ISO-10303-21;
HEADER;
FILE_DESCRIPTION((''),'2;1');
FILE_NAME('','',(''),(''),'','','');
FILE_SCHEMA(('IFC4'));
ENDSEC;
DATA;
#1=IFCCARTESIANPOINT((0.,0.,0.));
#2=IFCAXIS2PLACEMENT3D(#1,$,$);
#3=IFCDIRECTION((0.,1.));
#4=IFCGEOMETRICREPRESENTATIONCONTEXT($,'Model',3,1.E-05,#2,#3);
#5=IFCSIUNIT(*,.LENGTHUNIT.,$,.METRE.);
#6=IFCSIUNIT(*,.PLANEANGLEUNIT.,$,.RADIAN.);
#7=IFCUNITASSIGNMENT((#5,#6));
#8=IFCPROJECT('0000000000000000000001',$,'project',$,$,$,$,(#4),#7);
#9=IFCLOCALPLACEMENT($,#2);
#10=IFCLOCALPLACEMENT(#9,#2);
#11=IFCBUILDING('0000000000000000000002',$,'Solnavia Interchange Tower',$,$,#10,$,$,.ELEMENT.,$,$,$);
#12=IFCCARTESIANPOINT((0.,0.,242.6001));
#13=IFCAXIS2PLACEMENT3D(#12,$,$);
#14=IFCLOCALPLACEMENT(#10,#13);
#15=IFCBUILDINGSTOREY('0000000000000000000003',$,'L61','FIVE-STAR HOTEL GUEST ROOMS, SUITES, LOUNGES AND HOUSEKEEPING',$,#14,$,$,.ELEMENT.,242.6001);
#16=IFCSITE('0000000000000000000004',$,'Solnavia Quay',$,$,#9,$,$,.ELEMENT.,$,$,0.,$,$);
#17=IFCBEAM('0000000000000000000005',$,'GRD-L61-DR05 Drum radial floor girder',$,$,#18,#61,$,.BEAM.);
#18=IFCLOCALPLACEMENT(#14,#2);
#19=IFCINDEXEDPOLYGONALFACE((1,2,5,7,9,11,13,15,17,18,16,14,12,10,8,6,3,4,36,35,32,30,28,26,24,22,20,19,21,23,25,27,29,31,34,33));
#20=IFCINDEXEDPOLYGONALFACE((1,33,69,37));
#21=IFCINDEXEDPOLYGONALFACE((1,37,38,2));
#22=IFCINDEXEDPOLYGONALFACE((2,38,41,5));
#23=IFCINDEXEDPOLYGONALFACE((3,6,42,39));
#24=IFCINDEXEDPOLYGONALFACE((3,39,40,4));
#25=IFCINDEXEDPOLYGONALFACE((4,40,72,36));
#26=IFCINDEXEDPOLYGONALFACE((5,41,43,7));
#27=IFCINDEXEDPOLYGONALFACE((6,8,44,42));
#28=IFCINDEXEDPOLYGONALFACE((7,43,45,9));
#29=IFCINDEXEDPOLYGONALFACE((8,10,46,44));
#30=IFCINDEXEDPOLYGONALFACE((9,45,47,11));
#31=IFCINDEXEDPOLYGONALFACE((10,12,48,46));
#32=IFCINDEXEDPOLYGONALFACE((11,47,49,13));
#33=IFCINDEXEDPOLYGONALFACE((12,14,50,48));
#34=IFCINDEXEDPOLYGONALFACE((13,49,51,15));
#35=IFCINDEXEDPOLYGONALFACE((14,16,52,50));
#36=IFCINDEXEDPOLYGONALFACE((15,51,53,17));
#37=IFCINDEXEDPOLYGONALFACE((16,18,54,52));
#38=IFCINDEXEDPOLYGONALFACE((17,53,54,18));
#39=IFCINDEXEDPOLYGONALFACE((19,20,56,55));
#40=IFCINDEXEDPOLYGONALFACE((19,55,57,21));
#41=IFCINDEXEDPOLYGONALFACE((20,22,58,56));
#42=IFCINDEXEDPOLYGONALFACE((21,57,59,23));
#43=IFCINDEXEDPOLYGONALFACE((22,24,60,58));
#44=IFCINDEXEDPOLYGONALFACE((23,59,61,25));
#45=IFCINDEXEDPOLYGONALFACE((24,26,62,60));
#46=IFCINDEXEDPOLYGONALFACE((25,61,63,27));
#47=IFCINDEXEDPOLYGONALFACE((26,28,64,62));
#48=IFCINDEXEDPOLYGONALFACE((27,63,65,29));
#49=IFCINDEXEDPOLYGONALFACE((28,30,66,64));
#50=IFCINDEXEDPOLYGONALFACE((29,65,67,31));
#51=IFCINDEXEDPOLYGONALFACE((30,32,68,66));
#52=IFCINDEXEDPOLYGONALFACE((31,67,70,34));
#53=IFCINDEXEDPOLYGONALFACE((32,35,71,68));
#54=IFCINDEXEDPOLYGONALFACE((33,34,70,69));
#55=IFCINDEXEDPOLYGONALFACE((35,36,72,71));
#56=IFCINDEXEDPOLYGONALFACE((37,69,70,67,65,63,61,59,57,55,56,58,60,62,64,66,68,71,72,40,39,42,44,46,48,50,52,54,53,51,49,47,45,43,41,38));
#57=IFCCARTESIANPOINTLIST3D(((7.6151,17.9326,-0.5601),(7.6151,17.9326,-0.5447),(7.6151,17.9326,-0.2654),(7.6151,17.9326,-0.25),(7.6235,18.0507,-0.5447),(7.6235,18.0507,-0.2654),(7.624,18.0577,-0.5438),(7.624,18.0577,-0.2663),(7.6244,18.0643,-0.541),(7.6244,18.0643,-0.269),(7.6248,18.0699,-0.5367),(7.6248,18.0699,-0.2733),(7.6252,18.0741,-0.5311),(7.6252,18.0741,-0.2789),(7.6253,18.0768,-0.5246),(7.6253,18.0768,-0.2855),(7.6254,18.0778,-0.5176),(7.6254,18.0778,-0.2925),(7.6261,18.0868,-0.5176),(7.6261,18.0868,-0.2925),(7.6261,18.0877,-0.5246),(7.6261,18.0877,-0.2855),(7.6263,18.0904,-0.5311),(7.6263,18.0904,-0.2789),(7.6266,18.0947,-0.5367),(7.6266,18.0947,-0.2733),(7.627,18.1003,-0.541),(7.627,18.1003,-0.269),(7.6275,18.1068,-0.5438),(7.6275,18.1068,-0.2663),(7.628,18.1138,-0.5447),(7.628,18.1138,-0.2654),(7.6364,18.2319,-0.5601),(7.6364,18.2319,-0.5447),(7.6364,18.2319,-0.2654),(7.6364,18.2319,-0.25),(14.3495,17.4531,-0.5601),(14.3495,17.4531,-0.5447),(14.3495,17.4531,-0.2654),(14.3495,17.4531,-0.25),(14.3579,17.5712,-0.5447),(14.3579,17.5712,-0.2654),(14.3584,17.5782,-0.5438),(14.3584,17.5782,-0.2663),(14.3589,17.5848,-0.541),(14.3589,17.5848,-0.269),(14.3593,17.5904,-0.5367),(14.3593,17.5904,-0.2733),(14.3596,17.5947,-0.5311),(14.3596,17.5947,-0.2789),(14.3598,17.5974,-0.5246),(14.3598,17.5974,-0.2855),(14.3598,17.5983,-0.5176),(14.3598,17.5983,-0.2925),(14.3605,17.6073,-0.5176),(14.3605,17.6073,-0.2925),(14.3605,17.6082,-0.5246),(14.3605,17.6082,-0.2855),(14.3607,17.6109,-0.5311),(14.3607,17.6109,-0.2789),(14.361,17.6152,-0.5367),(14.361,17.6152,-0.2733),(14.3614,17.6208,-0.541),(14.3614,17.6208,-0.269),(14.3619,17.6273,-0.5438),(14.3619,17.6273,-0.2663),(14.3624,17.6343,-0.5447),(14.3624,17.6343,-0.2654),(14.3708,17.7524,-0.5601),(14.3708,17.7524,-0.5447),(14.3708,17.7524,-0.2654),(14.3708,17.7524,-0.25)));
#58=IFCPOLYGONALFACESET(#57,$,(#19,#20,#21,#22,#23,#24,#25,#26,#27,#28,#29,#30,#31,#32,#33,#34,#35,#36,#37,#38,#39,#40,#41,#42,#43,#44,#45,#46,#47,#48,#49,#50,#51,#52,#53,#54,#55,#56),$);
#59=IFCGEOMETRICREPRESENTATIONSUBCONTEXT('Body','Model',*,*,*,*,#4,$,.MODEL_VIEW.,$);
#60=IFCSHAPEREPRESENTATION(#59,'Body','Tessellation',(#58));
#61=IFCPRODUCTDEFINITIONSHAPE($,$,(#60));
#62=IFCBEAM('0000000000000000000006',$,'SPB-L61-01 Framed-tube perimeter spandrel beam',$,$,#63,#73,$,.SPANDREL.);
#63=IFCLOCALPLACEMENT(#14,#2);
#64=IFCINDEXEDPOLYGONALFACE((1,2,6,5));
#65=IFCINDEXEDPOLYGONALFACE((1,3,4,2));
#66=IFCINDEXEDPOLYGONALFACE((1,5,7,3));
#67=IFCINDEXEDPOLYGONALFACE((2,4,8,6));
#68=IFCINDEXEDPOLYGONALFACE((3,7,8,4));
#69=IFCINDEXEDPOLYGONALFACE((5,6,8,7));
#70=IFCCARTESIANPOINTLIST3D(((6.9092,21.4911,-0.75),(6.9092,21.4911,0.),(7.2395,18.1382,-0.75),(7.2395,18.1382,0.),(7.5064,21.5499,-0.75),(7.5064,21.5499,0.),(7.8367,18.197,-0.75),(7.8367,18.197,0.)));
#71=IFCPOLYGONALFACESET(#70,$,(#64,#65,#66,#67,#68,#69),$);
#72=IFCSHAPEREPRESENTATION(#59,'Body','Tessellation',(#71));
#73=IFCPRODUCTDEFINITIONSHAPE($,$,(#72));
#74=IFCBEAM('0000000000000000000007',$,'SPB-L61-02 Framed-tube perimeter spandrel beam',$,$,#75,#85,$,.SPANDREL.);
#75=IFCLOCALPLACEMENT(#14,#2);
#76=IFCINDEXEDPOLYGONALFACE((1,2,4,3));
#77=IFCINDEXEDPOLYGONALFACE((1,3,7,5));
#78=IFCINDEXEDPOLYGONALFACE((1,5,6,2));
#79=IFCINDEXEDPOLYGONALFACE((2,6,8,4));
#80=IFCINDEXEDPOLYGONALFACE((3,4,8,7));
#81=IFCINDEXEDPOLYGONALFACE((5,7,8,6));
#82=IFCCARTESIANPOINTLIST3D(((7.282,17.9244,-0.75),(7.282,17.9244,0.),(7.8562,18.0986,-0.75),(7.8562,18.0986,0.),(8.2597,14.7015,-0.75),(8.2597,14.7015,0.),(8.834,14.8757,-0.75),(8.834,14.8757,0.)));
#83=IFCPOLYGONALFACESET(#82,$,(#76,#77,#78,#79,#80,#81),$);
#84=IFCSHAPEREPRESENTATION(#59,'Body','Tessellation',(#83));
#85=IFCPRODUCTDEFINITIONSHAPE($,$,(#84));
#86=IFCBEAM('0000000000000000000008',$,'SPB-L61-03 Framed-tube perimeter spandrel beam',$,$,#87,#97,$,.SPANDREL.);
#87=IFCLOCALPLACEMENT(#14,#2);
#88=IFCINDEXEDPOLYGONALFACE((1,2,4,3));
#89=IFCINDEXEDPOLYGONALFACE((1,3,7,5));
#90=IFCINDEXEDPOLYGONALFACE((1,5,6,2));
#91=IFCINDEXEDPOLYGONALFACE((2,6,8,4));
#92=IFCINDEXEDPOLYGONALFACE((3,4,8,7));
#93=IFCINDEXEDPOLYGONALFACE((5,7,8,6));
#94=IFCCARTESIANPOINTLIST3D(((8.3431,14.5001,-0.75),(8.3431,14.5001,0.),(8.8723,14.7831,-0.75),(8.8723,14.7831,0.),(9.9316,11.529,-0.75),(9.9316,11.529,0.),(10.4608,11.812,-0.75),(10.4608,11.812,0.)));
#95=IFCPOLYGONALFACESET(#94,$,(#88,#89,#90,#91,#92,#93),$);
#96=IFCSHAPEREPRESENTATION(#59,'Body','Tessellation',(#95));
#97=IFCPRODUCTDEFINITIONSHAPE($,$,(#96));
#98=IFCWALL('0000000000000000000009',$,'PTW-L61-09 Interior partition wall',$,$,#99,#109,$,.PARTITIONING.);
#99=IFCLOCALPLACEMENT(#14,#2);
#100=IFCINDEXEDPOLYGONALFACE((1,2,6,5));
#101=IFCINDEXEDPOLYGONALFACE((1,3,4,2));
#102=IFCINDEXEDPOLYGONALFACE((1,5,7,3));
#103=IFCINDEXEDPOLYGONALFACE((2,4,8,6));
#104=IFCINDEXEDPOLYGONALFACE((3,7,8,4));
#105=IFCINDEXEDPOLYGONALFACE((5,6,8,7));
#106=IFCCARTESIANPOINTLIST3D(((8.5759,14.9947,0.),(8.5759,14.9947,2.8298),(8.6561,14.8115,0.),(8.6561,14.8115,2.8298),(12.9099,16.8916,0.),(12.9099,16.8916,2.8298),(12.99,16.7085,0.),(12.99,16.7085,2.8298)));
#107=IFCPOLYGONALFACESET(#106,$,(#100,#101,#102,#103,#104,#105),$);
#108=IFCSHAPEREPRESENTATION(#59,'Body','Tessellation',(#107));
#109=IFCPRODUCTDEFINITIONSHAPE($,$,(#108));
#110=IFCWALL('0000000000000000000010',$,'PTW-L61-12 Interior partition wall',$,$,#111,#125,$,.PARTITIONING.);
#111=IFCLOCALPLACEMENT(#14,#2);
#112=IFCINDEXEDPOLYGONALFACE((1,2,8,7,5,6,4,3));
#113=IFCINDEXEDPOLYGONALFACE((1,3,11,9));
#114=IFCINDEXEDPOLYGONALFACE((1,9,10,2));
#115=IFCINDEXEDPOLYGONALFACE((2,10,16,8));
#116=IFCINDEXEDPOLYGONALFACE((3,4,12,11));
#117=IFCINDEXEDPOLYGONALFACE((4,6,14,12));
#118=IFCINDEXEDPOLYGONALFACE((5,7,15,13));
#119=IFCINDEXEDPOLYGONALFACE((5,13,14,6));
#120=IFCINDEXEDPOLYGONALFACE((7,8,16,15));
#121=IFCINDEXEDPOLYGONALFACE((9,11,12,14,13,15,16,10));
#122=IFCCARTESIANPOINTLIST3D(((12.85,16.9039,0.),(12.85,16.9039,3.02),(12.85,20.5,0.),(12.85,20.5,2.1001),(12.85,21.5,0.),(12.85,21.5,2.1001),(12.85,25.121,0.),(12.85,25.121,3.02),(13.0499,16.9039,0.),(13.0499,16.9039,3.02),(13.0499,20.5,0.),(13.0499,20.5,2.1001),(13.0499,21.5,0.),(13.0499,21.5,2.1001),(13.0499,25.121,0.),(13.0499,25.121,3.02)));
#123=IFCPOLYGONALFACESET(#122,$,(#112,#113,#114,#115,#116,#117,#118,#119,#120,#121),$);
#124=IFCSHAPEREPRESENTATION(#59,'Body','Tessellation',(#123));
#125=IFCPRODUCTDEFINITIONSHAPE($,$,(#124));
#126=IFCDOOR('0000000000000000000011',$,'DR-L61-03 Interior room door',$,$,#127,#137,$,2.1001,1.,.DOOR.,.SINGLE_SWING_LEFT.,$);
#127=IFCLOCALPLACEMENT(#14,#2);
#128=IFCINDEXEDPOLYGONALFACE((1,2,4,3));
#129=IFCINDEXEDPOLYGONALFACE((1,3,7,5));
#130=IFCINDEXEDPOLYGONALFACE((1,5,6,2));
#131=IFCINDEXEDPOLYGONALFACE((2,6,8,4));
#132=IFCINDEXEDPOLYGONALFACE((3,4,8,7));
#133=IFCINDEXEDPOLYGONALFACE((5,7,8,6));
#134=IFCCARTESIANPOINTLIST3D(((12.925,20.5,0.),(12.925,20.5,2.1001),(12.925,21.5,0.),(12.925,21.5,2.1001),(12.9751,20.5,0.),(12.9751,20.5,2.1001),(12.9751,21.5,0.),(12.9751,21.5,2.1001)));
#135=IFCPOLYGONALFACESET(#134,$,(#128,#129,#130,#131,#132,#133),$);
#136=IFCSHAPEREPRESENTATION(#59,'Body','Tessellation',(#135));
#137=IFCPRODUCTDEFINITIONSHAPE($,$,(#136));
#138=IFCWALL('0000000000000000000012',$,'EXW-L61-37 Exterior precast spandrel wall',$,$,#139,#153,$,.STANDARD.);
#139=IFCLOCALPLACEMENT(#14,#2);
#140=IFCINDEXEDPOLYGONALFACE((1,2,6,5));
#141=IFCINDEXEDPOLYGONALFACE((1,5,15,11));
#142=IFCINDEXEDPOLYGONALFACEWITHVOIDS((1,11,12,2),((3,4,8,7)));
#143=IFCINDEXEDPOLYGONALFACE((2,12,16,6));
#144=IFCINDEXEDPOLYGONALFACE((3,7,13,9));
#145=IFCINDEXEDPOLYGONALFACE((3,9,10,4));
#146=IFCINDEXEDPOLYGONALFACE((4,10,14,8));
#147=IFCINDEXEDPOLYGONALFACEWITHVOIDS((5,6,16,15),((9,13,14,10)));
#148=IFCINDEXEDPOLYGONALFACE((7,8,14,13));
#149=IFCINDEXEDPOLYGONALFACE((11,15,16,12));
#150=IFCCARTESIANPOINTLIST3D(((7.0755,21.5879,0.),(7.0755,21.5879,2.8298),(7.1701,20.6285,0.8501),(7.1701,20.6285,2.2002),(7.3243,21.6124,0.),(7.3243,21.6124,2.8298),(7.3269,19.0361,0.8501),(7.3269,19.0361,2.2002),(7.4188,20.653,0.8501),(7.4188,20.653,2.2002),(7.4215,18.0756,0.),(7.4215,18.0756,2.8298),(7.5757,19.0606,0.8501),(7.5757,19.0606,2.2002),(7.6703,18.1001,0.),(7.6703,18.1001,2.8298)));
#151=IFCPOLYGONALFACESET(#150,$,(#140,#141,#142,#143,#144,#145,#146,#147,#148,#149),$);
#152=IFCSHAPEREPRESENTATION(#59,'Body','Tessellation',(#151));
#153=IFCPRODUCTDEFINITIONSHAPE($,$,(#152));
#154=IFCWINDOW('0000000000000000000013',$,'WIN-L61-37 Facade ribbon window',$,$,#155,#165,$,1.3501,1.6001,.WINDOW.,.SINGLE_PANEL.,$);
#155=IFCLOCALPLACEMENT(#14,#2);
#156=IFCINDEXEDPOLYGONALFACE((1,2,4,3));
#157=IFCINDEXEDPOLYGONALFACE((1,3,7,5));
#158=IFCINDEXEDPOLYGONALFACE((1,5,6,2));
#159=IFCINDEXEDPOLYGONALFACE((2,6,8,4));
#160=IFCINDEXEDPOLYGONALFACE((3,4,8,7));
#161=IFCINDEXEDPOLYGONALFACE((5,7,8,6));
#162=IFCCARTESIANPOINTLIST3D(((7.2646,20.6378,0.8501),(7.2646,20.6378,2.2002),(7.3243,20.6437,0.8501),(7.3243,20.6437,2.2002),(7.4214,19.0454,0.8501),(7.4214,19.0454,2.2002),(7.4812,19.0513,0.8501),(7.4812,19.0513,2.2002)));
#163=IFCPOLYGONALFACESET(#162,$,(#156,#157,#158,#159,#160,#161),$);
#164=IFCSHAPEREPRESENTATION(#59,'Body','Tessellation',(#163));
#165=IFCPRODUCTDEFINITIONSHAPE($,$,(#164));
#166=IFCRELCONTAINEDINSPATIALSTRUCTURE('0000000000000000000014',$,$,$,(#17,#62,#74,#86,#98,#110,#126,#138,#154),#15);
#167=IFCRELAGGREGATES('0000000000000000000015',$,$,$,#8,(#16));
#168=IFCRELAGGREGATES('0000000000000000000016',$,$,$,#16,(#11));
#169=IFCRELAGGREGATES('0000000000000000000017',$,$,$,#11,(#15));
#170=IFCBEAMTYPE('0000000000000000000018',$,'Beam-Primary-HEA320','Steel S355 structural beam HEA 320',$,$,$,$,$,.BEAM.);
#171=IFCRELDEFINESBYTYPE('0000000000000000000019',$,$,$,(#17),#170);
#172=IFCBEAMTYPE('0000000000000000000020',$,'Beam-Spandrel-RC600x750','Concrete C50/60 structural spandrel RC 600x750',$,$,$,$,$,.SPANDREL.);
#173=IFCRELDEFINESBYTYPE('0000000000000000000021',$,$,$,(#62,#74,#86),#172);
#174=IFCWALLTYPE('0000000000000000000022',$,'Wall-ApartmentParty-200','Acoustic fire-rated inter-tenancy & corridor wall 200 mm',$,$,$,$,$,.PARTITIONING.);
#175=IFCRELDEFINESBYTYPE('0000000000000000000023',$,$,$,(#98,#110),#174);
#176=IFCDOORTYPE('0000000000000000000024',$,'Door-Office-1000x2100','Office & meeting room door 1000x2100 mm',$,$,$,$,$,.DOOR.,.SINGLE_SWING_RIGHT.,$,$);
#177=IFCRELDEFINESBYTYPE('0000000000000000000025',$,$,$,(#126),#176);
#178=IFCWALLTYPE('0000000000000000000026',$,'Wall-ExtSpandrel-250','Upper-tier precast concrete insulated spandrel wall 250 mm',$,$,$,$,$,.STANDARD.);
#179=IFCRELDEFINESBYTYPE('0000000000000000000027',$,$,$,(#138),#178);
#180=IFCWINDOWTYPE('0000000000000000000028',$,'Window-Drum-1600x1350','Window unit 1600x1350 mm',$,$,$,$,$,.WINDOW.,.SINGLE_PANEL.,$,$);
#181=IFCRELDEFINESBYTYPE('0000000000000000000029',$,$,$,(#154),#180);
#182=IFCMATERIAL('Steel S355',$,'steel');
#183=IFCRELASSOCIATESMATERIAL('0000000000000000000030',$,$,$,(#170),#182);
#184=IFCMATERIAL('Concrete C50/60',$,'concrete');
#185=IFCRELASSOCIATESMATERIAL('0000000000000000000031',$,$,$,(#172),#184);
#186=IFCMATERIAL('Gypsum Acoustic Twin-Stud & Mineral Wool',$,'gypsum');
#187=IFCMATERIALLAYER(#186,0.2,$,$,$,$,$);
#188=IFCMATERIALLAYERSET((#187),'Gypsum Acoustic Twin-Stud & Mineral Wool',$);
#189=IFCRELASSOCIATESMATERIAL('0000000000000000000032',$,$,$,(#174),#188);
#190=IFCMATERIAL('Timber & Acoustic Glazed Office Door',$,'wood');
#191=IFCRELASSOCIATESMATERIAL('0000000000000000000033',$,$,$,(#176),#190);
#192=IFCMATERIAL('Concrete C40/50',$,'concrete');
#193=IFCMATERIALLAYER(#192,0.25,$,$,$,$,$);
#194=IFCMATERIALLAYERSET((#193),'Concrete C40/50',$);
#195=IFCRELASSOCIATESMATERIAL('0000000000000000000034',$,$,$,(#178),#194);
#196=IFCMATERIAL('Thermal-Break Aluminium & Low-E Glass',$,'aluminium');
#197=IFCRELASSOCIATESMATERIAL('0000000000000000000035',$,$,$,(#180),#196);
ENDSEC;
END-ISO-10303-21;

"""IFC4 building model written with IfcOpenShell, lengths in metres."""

from ifc_helpers import new_model, si_unit, direction, frame, frame_2d, origin, origin_2d, place, context, subcontext, project, spatial, rectangle, i_section, extrude, material, layer, layer_set, material_profile, profile_set, type_object, element, fill, save


model = new_model("IFC4")

# Units and contexts
model_context = context("Model", 3, precision=1e-05, world=origin(), true_north=direction((0.0, 1.0)))
body_context = subcontext(model_context, "Body", "Model", "MODEL_VIEW")
ifc_project = project(units=[si_unit("LENGTHUNIT", "METRE"), si_unit("PLANEANGLEUNIT", "RADIAN")], contexts=[model_context])

# Site, building, storey
site_placement = place(None, origin())
site = spatial("IfcSite", under=ifc_project, at=site_placement, Name="Solnavia Quay", CompositionType="ELEMENT", RefElevation=0.0)
building_placement = place(site_placement, origin())
building = spatial("IfcBuilding", under=site, at=building_placement, Name="Solnavia Interchange Tower", CompositionType="ELEMENT")
storey_placement = place(building_placement, frame((0.0, 0.0, 242.6001)))
storey = spatial("IfcBuildingStorey", under=building, at=storey_placement, Name="L61", Description="FIVE-STAR HOTEL GUEST ROOMS, SUITES, LOUNGES AND HOUSEKEEPING", CompositionType="ELEMENT", Elevation=242.6001)

# Shared definitions
ifc_material_1 = material(Name="Concrete C50/60", Category="concrete")

# Beams
ifc_material_2 = material(Name="Steel S355", Category="steel")
ifc_material_profile_1 = material_profile(ifc_material_2, i_section(OverallWidth=0.3, OverallDepth=0.3101, WebThickness=0.009, FlangeThickness=0.0154, FilletRadius=0.0271, at=origin_2d()), Name="HEA 320")
ifc_profile_set_1 = profile_set([ifc_material_profile_1], Name="Steel S355")
beam_type_1 = type_object("IfcBeamType", Name="Beam-Primary-HEA320", Description="Steel S355 structural beam HEA 320", PredefinedType="BEAM", material=ifc_profile_set_1)
beam_1_placement = place(storey_placement, frame((7.6257, 18.0823, -0.405), z_axis=(0.997475, -0.071021, 0.0), x_axis=(0.071021, 0.997475, 0.0)))
element("IfcBeam", 1, at=beam_1_placement, inside=storey, type_object=beam_type_1, Name="GRD-L61-DR05 Drum radial floor girder", PredefinedType="BEAM", context=body_context, shape_type="SweptSolid", body=[
    extrude(i_section(OverallWidth=0.3, OverallDepth=0.3101, WebThickness=0.009, FlangeThickness=0.0154, FilletRadius=0.0271, at=origin_2d()), origin(), (0.0, 0.0, 1.0), 6.7515),
])
ifc_material_profile_2 = material_profile(ifc_material_1, rectangle(XDim=0.6001, YDim=0.75, at=origin_2d()), Name="RC 600x750")
ifc_profile_set_2 = profile_set([ifc_material_profile_2], Name="Concrete C50/60")
beam_type_2 = type_object("IfcBeamType", Name="Beam-Spandrel-RC600x750", Description="Concrete C50/60 structural spandrel RC 600x750", PredefinedType="SPANDREL", material=ifc_profile_set_2)
beam_2_placement = place(storey_placement, frame((7.2078, 21.5205, -0.375), z_axis=(0.09804, -0.995182, 0.0), x_axis=(0.995182, 0.09804, 0.0)))
element("IfcBeam", 2, at=beam_2_placement, inside=storey, type_object=beam_type_2, Name="SPB-L61-01 Framed-tube perimeter spandrel beam", PredefinedType="SPANDREL", context=body_context, shape_type="SweptSolid", body=[
    extrude(rectangle(XDim=0.6001, YDim=0.75, at=origin_2d()), origin(), (0.0, 0.0, 1.0), 3.3691),
])
beam_3_placement = place(storey_placement, frame((7.5691, 18.0115, -0.375), z_axis=(0.290319, -0.95693, 0.0), x_axis=(0.95693, 0.290319, 0.0)))
element("IfcBeam", 3, at=beam_3_placement, inside=storey, type_object=beam_type_2, Name="SPB-L61-02 Framed-tube perimeter spandrel beam", PredefinedType="SPANDREL", context=body_context, shape_type="SweptSolid", body=[
    extrude(rectangle(XDim=0.6001, YDim=0.75, at=origin_2d()), origin(), (0.0, 0.0, 1.0), 3.3679),
])
beam_4_placement = place(storey_placement, frame((8.6077, 14.6416, -0.375), z_axis=(0.471509, -0.881861, 0.0), x_axis=(0.881861, 0.471509, 0.0)))
element("IfcBeam", 4, at=beam_4_placement, inside=storey, type_object=beam_type_2, Name="SPB-L61-03 Framed-tube perimeter spandrel beam", PredefinedType="SPANDREL", context=body_context, shape_type="SweptSolid", body=[
    extrude(rectangle(XDim=0.6001, YDim=0.75, at=origin_2d()), origin(), (0.0, 0.0, 1.0), 3.3691),
])

# Wall
ifc_material_3 = material(Name="Gypsum Acoustic Twin-Stud & Mineral Wool", Category="gypsum")
ifc_layer_1 = layer(ifc_material_3, 0.2)
ifc_layer_set_1 = layer_set([ifc_layer_1], Name="Gypsum Acoustic Twin-Stud & Mineral Wool")
wall_type_1 = type_object("IfcWallType", Name="Wall-ApartmentParty-200", Description="Acoustic fire-rated inter-tenancy & corridor wall 200 mm", PredefinedType="PARTITIONING", material=ifc_layer_set_1)
wall_1_placement = place(storey_placement, frame((12.95, 16.8, 0.0), z_axis=(0.0, 0.0, 1.0), x_axis=(-0.916091, -0.40097, 0.0)))
element("IfcWall", 5, at=wall_1_placement, inside=storey, type_object=wall_type_1, Name="PTW-L61-09 Interior partition wall", PredefinedType="PARTITIONING", context=body_context, shape_type="SweptSolid", body=[
    extrude(rectangle(XDim=4.731, YDim=0.2, at=frame_2d((2.3655, 0.0))), origin(), (0.0, 0.0, 1.0), 2.8298),
])

# Wall, opening, door
wall_2_placement = place(storey_placement, frame((12.95, 16.9041, 0.0), z_axis=(0.0, 0.0, 1.0), x_axis=(0.0, 1.0, 0.0)))
wall_2 = element("IfcWall", 6, at=wall_2_placement, inside=storey, type_object=wall_type_1, Name="PTW-L61-12 Interior partition wall", PredefinedType="PARTITIONING", context=body_context, shape_type="SweptSolid", body=[
    extrude(rectangle(XDim=8.217, YDim=0.2, at=frame_2d((4.1084, 0.0))), origin(), (0.0, 0.0, 1.0), 3.02),
])
opening_1_placement = place(wall_2_placement, frame((3.5959, 0.0, 0.0)))
opening_1 = element("IfcOpeningElement", 7, at=opening_1_placement, cuts=wall_2, PredefinedType="OPENING", context=body_context, shape_type="SweptSolid", body=[
    extrude(rectangle(XDim=1.0, YDim=2.1001, at=frame_2d((0.5, 1.05))), frame((0.0, 0.1099, 0.0), z_axis=(0.0, -1.0, 0.0), x_axis=(1.0, 0.0, 0.0)), (0.0, 0.0, 1.0), 0.22),
])
ifc_material_4 = material(Name="Timber & Acoustic Glazed Office Door", Category="wood")
door_type = type_object("IfcDoorType", Name="Door-Office-1000x2100", Description="Office & meeting room door 1000x2100 mm", OperationType="SINGLE_SWING_RIGHT", PredefinedType="DOOR", material=ifc_material_4)
door_placement = place(opening_1_placement, origin())
door = element("IfcDoor", 8, at=door_placement, inside=storey, type_object=door_type, Name="DR-L61-03 Interior room door", OperationType="SINGLE_SWING_LEFT", OverallHeight=2.1001, OverallWidth=1.0, PredefinedType="DOOR", context=body_context, shape_type="SweptSolid", body=[
    extrude(rectangle(XDim=1.0, YDim=2.1001, at=frame_2d((0.5, 1.05))), frame((0.0, 0.0249, 0.0), z_axis=(0.0, -1.0, 0.0), x_axis=(1.0, 0.0, 0.0)), (0.0, 0.0, 1.0), 0.05),
])
fill(opening_1, door)

# Wall, opening, window
ifc_material_5 = material(Name="Concrete C40/50", Category="concrete")
ifc_layer_2 = layer(ifc_material_5, 0.25)
ifc_layer_set_2 = layer_set([ifc_layer_2], Name="Concrete C40/50")
wall_type_2 = type_object("IfcWallType", Name="Wall-ExtSpandrel-250", Description="Upper-tier precast concrete insulated spandrel wall 250 mm", PredefinedType="STANDARD", material=ifc_layer_set_2)
wall_3_placement = place(storey_placement, frame((7.5459, 18.0879, 0.0), z_axis=(0.0, 0.0, 1.0), x_axis=(-0.098024, 0.995184, 0.0)))
wall_3 = element("IfcWall", 9, at=wall_3_placement, inside=storey, type_object=wall_type_2, Name="EXW-L61-37 Exterior precast spandrel wall", PredefinedType="STANDARD", context=body_context, shape_type="SweptSolid", body=[
    extrude(rectangle(XDim=3.5293, YDim=0.25, at=frame_2d((1.7646, 0.0))), origin(), (0.0, 0.0, 1.0), 2.8298),
])
opening_2_placement = place(wall_3_placement, frame((0.9651, 0.0, 0.8501)))
opening_2 = element("IfcOpeningElement", 10, at=opening_2_placement, cuts=wall_3, PredefinedType="OPENING", context=body_context, shape_type="SweptSolid", body=[
    extrude(rectangle(XDim=1.6001, YDim=1.3501, at=frame_2d((0.8, 0.675))), frame((0.0, 0.135, 0.0), z_axis=(0.0, -1.0, 0.0), x_axis=(1.0, 0.0, 0.0)), (0.0, 0.0, 1.0), 0.27),
])
ifc_material_6 = material(Name="Thermal-Break Aluminium & Low-E Glass", Category="aluminium")
window_type = type_object("IfcWindowType", Name="Window-Drum-1600x1350", Description="Window unit 1600x1350 mm", PartitioningType="SINGLE_PANEL", PredefinedType="WINDOW", material=ifc_material_6)
window_1_placement = place(opening_2_placement, origin())
window_1 = element("IfcWindow", 11, at=window_1_placement, inside=storey, type_object=window_type, Name="WIN-L61-37 Facade ribbon window", OverallHeight=1.3501, OverallWidth=1.6001, PartitioningType="SINGLE_PANEL", PredefinedType="WINDOW", context=body_context, shape_type="SweptSolid", body=[
    extrude(rectangle(XDim=1.6001, YDim=1.3501, at=frame_2d((0.8, 0.675))), frame((0.0, 0.03, 0.0), z_axis=(0.0, -1.0, 0.0), x_axis=(1.0, 0.0, 0.0)), (0.0, 0.0, 1.0), 0.0601),
])
fill(opening_2, window_1)

save(model, "model.ifc")
